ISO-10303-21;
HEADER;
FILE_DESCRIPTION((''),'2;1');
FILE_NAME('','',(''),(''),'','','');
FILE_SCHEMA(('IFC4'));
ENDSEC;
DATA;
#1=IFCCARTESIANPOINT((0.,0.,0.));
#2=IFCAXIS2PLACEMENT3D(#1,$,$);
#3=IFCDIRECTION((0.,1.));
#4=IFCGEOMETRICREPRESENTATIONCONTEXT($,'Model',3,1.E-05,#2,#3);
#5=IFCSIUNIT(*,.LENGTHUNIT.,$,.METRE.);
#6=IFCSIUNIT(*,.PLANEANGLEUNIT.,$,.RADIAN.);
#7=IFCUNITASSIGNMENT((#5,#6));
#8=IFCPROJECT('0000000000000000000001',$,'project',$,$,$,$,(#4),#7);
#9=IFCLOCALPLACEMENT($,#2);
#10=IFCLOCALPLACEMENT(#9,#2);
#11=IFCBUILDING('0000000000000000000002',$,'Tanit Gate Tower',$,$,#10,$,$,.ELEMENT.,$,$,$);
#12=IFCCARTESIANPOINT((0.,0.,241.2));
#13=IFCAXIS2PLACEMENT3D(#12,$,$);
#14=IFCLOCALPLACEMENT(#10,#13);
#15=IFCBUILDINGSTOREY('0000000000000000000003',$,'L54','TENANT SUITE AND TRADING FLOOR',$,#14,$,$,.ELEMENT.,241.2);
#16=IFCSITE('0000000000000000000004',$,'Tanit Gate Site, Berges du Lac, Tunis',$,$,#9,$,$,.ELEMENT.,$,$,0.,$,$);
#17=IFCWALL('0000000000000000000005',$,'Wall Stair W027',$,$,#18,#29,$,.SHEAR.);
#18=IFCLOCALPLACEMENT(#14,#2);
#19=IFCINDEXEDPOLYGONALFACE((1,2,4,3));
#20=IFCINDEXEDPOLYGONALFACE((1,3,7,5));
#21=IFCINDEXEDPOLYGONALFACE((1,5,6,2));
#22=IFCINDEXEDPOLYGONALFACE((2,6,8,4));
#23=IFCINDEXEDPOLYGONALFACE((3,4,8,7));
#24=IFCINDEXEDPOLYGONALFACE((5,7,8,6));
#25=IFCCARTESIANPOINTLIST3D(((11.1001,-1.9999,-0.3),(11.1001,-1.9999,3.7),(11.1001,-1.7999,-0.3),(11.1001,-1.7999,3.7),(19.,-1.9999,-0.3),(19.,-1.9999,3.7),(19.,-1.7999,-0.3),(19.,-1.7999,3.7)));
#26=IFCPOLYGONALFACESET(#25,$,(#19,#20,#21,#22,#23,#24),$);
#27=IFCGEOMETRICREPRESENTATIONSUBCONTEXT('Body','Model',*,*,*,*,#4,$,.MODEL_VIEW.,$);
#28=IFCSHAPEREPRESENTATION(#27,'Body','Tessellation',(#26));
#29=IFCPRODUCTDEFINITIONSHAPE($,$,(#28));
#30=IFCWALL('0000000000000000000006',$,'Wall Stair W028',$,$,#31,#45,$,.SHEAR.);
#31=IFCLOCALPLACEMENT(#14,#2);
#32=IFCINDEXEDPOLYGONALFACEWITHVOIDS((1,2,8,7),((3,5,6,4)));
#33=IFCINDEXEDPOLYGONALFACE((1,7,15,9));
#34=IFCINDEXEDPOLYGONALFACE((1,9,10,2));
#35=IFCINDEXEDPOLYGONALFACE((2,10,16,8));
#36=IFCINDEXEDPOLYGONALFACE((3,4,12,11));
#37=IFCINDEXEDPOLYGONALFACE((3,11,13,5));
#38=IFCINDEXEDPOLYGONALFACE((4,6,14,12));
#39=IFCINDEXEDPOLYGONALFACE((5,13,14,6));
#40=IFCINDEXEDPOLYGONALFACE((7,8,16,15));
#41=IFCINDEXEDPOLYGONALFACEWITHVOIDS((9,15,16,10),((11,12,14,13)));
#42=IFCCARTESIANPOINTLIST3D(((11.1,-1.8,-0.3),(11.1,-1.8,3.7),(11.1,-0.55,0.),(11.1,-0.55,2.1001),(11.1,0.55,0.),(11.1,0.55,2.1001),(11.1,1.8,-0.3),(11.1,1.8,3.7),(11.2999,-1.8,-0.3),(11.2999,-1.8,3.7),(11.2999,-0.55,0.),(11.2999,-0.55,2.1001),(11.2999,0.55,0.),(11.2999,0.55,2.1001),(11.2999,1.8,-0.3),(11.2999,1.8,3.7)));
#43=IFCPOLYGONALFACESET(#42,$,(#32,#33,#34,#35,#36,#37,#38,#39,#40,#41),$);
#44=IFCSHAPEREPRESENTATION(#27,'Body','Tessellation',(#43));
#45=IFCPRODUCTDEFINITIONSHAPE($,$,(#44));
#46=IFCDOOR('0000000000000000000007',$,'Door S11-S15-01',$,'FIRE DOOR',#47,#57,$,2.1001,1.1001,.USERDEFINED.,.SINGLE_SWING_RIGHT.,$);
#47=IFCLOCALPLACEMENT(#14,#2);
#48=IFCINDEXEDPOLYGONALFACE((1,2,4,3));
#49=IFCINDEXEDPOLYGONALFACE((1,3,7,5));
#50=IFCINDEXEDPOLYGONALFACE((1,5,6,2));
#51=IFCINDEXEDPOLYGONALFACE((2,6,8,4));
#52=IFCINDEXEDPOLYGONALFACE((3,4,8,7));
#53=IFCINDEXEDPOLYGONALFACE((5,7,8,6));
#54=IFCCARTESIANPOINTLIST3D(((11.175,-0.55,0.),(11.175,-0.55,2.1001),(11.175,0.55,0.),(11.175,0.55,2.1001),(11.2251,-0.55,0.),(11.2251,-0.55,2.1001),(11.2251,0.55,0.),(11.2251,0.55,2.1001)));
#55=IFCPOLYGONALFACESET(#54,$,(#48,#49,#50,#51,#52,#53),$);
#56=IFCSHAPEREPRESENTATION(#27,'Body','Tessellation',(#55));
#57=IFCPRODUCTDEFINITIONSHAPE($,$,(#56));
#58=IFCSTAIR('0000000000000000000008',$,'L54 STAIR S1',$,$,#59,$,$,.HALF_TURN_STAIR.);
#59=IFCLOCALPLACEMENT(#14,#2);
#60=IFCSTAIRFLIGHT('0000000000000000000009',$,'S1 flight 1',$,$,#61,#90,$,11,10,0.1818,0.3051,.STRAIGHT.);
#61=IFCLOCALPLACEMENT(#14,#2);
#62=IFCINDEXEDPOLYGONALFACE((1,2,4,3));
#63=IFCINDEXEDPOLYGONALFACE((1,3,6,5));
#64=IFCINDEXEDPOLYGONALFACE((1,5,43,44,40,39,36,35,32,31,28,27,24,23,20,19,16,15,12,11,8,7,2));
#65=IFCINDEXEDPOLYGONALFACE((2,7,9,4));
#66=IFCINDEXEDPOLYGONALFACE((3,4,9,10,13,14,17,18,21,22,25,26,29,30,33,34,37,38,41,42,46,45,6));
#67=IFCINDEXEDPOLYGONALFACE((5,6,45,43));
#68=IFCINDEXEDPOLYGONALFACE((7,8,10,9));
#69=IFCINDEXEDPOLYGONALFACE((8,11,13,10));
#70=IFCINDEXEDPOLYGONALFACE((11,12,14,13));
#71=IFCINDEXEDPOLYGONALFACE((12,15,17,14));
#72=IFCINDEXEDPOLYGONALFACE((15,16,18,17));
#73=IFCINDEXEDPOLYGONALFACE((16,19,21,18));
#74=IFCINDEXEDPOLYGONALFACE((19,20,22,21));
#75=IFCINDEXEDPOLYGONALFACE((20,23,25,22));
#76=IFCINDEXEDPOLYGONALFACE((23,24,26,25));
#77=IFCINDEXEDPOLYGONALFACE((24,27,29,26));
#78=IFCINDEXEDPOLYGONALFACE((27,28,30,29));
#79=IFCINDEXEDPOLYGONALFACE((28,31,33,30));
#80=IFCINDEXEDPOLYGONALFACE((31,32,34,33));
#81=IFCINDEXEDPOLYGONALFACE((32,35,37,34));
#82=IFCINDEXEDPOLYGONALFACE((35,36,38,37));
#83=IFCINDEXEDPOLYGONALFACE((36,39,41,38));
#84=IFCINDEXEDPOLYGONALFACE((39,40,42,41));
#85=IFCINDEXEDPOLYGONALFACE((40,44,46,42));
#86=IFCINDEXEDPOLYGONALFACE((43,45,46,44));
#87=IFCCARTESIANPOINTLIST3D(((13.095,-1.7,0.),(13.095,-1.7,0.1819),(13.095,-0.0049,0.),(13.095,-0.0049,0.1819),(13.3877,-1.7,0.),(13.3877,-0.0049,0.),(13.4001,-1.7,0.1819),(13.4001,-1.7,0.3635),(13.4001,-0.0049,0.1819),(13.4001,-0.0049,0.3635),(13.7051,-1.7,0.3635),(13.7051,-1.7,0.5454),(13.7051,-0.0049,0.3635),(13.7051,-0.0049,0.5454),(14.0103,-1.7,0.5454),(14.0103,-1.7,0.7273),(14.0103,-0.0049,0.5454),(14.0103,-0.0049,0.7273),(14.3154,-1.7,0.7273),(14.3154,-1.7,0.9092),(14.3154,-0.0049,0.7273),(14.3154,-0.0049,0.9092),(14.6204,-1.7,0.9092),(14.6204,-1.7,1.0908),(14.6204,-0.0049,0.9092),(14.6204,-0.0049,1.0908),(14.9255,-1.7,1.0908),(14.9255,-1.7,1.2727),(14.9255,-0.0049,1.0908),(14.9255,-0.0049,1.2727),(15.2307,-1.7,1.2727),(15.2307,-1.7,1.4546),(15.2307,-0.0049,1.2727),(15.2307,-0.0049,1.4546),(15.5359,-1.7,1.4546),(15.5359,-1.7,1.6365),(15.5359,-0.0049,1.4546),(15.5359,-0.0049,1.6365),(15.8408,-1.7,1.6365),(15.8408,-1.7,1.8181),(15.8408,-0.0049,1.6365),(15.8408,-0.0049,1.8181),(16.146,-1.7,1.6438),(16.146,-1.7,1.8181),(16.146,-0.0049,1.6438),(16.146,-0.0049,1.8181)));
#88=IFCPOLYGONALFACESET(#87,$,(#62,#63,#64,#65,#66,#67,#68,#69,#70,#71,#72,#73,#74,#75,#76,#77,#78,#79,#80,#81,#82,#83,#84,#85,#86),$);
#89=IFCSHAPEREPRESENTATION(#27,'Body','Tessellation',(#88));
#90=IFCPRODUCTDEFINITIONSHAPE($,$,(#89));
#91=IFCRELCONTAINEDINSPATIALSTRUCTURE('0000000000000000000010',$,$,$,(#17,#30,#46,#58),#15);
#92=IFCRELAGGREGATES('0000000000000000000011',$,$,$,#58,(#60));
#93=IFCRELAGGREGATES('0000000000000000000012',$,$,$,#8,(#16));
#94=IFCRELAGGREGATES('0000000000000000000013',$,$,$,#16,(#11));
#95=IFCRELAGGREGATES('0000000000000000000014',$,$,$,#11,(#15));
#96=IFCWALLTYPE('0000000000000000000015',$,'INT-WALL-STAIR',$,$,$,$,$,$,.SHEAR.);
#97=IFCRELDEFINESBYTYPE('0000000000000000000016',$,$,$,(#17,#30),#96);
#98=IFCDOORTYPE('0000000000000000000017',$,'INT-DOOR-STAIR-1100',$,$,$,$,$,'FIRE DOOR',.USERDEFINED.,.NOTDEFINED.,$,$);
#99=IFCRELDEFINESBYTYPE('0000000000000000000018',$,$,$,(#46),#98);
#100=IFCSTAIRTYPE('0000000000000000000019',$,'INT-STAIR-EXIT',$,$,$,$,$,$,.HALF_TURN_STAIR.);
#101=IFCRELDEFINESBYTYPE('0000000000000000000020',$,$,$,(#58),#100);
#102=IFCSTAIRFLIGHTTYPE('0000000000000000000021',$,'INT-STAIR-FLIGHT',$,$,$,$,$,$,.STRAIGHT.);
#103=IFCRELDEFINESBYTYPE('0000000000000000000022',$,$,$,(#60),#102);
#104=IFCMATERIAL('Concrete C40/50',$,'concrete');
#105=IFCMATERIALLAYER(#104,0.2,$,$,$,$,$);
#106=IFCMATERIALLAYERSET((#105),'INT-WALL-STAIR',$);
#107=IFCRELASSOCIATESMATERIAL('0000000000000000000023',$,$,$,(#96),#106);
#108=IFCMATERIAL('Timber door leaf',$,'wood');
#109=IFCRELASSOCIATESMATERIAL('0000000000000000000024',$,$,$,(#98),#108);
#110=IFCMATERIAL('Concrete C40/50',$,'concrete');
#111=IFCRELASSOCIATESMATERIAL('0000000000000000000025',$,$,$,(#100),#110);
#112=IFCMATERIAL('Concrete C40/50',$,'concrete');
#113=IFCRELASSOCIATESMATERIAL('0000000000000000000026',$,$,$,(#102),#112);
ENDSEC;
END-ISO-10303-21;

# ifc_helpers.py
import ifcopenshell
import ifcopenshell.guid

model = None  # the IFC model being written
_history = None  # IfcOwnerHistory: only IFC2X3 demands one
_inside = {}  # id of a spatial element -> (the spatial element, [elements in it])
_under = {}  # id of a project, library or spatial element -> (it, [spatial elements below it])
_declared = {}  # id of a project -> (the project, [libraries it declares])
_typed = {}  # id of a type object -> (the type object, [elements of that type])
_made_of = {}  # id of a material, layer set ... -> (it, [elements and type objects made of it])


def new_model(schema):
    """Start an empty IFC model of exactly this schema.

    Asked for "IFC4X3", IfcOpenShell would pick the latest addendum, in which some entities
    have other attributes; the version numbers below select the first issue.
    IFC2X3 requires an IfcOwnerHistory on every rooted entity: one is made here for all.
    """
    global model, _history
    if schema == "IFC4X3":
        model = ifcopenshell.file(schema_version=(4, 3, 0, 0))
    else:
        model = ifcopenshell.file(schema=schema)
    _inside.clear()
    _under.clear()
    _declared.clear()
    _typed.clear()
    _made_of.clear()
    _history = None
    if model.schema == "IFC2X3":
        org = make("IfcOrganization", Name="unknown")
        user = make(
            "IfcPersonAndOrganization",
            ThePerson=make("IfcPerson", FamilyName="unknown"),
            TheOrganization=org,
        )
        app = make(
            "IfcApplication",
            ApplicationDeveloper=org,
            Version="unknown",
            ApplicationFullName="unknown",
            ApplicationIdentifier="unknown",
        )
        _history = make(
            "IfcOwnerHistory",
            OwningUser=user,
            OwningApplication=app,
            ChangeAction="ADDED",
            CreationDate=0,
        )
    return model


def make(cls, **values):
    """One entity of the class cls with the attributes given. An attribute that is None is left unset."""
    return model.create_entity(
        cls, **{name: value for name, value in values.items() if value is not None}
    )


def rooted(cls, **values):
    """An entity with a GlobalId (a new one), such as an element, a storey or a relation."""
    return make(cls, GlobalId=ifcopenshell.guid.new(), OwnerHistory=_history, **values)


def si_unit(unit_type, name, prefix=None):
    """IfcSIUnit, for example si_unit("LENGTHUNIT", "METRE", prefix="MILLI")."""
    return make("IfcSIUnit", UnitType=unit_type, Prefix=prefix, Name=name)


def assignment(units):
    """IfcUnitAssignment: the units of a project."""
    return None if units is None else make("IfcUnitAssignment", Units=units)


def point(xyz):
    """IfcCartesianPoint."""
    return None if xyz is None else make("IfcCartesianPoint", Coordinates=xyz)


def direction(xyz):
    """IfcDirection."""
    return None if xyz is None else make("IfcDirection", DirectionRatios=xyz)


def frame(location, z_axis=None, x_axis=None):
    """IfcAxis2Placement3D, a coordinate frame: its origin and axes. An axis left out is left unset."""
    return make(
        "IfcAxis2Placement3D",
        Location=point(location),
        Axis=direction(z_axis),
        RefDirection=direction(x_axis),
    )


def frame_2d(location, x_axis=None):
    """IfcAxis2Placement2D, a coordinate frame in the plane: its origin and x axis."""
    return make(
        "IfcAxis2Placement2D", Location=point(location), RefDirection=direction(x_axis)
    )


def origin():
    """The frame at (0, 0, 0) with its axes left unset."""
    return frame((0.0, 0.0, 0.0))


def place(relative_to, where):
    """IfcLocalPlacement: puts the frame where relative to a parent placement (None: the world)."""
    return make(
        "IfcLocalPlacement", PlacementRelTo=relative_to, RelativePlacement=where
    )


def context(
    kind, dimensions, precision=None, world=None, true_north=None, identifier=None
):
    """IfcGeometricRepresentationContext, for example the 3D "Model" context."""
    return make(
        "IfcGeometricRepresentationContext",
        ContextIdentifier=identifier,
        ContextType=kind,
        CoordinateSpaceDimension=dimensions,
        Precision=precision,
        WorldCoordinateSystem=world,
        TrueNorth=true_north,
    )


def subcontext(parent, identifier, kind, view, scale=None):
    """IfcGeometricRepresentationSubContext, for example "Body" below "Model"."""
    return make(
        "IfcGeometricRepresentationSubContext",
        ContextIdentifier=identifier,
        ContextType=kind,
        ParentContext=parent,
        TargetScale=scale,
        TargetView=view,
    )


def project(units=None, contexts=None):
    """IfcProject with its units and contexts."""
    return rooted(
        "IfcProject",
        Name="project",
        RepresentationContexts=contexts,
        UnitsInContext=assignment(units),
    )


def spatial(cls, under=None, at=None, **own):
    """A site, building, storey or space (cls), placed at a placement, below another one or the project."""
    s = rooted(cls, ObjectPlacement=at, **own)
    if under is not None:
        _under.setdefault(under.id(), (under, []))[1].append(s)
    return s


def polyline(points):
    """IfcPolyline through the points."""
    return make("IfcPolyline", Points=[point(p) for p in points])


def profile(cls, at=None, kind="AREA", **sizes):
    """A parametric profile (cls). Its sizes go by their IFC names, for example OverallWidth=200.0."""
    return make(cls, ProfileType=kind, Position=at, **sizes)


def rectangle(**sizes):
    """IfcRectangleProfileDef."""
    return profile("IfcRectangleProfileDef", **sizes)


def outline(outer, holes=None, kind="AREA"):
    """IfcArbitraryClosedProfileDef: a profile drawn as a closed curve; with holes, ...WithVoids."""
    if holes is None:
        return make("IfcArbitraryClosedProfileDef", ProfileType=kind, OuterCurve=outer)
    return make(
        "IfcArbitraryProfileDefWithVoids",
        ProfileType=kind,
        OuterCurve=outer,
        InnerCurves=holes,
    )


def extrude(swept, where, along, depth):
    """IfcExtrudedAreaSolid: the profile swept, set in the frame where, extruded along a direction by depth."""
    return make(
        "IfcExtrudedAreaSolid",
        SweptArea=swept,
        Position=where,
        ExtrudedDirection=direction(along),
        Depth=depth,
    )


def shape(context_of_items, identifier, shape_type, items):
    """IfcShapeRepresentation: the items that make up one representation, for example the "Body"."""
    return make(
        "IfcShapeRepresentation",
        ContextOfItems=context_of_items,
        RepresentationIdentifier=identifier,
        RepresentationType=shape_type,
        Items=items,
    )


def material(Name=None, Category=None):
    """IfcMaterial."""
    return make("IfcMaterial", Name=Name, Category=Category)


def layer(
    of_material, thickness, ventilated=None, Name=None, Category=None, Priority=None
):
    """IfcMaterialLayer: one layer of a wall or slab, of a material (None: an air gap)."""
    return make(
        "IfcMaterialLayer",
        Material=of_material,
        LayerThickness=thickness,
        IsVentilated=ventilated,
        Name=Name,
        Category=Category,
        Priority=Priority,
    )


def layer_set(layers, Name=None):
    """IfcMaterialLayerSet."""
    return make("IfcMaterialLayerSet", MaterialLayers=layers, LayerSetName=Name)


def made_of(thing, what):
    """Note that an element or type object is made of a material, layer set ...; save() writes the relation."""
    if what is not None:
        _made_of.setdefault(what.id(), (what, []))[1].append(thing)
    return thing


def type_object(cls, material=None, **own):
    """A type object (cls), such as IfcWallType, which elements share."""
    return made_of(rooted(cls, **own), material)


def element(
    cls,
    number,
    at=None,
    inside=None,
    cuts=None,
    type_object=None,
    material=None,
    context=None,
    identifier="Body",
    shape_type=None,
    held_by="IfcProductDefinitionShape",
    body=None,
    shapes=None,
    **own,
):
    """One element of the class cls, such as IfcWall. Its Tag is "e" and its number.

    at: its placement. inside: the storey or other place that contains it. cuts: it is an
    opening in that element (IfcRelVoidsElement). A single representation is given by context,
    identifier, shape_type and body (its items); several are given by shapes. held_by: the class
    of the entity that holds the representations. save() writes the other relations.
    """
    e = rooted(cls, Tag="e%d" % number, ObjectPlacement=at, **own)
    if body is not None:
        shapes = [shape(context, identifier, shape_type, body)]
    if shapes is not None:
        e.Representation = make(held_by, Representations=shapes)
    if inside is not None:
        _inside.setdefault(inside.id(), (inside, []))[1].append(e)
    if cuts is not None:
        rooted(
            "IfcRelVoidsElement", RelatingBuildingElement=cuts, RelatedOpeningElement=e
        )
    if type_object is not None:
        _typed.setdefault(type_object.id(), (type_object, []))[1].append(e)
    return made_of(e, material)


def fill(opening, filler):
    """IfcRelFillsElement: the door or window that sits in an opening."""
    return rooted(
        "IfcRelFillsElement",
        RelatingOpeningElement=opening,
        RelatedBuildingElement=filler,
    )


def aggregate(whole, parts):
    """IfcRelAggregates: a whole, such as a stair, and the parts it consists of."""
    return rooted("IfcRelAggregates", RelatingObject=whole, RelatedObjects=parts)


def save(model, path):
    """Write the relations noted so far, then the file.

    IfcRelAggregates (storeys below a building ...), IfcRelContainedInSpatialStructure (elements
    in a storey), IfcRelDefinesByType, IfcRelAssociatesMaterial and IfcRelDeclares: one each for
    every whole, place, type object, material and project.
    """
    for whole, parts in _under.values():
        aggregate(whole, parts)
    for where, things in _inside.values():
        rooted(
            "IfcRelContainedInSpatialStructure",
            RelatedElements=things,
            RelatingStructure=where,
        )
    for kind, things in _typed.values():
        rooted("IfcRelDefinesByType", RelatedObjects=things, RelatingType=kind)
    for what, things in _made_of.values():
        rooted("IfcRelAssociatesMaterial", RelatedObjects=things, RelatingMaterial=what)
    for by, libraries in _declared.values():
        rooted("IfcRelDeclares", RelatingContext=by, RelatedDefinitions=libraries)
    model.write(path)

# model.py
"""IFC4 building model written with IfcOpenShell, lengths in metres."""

from ifc_helpers import new_model, si_unit, direction, frame, frame_2d, origin, place, context, subcontext, project, spatial, polyline, rectangle, outline, extrude, material, layer, layer_set, type_object, element, fill, aggregate, save


model = new_model("IFC4")

# Units and contexts
model_context = context("Model", 3, precision=1e-05, world=origin(), true_north=direction((0.0, 1.0)))
body_context = subcontext(model_context, "Body", "Model", "MODEL_VIEW")
ifc_project = project(units=[si_unit("LENGTHUNIT", "METRE"), si_unit("PLANEANGLEUNIT", "RADIAN")], contexts=[model_context])

# Site, building, storey
site_placement = place(None, origin())
site = spatial("IfcSite", under=ifc_project, at=site_placement, Name="Tanit Gate Site, Berges du Lac, Tunis", CompositionType="ELEMENT", RefElevation=0.0)
building_placement = place(site_placement, origin())
building = spatial("IfcBuilding", under=site, at=building_placement, Name="Tanit Gate Tower", CompositionType="ELEMENT")
storey_placement = place(building_placement, frame((0.0, 0.0, 241.2)))
storey = spatial("IfcBuildingStorey", under=building, at=storey_placement, Name="L54", Description="TENANT SUITE AND TRADING FLOOR", CompositionType="ELEMENT", Elevation=241.2)

# Wall
ifc_material_1 = material(Name="Concrete C40/50", Category="concrete")
ifc_layer_1 = layer(ifc_material_1, 0.2)
ifc_layer_set_1 = layer_set([ifc_layer_1], Name="INT-WALL-STAIR")
wall_type_1 = type_object("IfcWallType", Name="INT-WALL-STAIR", PredefinedType="SHEAR", material=ifc_layer_set_1)
wall_1_placement = place(storey_placement, frame((11.1001, -1.8999, -0.3), z_axis=(0.0, 0.0, 1.0), x_axis=(1.0, 0.0, 0.0)))
element("IfcWall", 1, at=wall_1_placement, inside=storey, type_object=wall_type_1, Name="Wall Stair W027", PredefinedType="SHEAR", context=body_context, shape_type="SweptSolid", body=[
    extrude(rectangle(XDim=7.8999, YDim=0.2, at=frame_2d((3.95, 0.0))), origin(), (0.0, 0.0, 1.0), 4.0),
])

# Wall, opening, door
wall_2_placement = place(storey_placement, frame((11.2, -1.8, -0.3), z_axis=(0.0, 0.0, 1.0), x_axis=(0.0, 1.0, 0.0)))
wall_2 = element("IfcWall", 2, at=wall_2_placement, inside=storey, type_object=wall_type_1, Name="Wall Stair W028", PredefinedType="SHEAR", context=body_context, shape_type="SweptSolid", body=[
    extrude(rectangle(XDim=3.6001, YDim=0.2, at=frame_2d((1.8, 0.0))), origin(), (0.0, 0.0, 1.0), 4.0),
])
opening_1_placement = place(wall_2_placement, frame((1.25, 0.0, 0.3)))
opening_1 = element("IfcOpeningElement", 3, at=opening_1_placement, cuts=wall_2, PredefinedType="OPENING", context=body_context, shape_type="SweptSolid", body=[
    extrude(rectangle(XDim=1.1001, YDim=2.1001, at=frame_2d((0.55, 1.05))), frame((0.0, 0.1099, 0.0), z_axis=(0.0, -1.0, 0.0), x_axis=(1.0, 0.0, 0.0)), (0.0, 0.0, 1.0), 0.22),
])
ifc_material_2 = material(Name="Timber door leaf", Category="wood")
door_type_1 = type_object("IfcDoorType", Name="INT-DOOR-STAIR-1100", ElementType="FIRE DOOR", OperationType="NOTDEFINED", PredefinedType="USERDEFINED", material=ifc_material_2)
door_1_placement = place(opening_1_placement, origin())
door_1 = element("IfcDoor", 4, at=door_1_placement, inside=storey, type_object=door_type_1, Name="Door S11-S15-01", ObjectType="FIRE DOOR", OperationType="SINGLE_SWING_RIGHT", OverallHeight=2.1001, OverallWidth=1.1001, PredefinedType="USERDEFINED", context=body_context, shape_type="SweptSolid", body=[
    extrude(rectangle(XDim=1.1001, YDim=2.1001, at=frame_2d((0.55, 1.05))), frame((0.0, 0.0249, 0.0), z_axis=(0.0, -1.0, 0.0), x_axis=(1.0, 0.0, 0.0)), (0.0, 0.0, 1.0), 0.05),
])
fill(opening_1, door_1)

# Stair, stair flight
ifc_material_3 = material(Name="Concrete C40/50", Category="concrete")
stair_type = type_object("IfcStairType", Name="INT-STAIR-EXIT", PredefinedType="HALF_TURN_STAIR", material=ifc_material_3)
stair_placement = place(storey_placement, origin())
stair = element("IfcStair", 5, at=stair_placement, inside=storey, type_object=stair_type, Name="L54 STAIR S1", PredefinedType="HALF_TURN_STAIR")
ifc_material_4 = material(Name="Concrete C40/50", Category="concrete")
stair_flight_type = type_object("IfcStairFlightType", Name="INT-STAIR-FLIGHT", PredefinedType="STRAIGHT", material=ifc_material_4)
stair_flight_placement = place(storey_placement, frame((13.095, -0.8525, 0.0), z_axis=(0.0, 0.0, 1.0), x_axis=(1.0, 0.0, 0.0)))
stair_flight = element("IfcStairFlight", 6, at=stair_flight_placement, type_object=stair_flight_type, Name="S1 flight 1", NumberOfRisers=11, NumberOfTreads=10, PredefinedType="STRAIGHT", RiserHeight=0.1818, TreadLength=0.3051, context=body_context, shape_type="SweptSolid", body=[
    extrude(outline(polyline([(0.0, 0.0), (0.0, 0.1819), (0.3052, 0.1819), (0.3052, 0.3635), (0.6101, 0.3635), (0.6101, 0.5454), (0.9153, 0.5454), (0.9153, 0.7273), (1.2205, 0.7273), (1.2205, 0.9092), (1.5254, 0.9092), (1.5254, 1.0908), (1.8306, 1.0908), (1.8306, 1.2727), (2.1357, 1.2727), (2.1357, 1.4546), (2.4409, 1.4546), (2.4409, 1.6365), (2.7458, 1.6365), (2.7458, 1.8181), (3.051, 1.8181), (3.051, 2.0), (3.051, 1.6438), (0.2927, 0.0), (0.0, 0.0)])), frame((0.0, 0.8477, 0.0), z_axis=(0.0, -1.0, 0.0), x_axis=(1.0, 0.0, 0.0)), (0.0, 0.0, 1.0), 1.6951),
])
aggregate(stair, [stair_flight])

save(model, "model.ifc")
